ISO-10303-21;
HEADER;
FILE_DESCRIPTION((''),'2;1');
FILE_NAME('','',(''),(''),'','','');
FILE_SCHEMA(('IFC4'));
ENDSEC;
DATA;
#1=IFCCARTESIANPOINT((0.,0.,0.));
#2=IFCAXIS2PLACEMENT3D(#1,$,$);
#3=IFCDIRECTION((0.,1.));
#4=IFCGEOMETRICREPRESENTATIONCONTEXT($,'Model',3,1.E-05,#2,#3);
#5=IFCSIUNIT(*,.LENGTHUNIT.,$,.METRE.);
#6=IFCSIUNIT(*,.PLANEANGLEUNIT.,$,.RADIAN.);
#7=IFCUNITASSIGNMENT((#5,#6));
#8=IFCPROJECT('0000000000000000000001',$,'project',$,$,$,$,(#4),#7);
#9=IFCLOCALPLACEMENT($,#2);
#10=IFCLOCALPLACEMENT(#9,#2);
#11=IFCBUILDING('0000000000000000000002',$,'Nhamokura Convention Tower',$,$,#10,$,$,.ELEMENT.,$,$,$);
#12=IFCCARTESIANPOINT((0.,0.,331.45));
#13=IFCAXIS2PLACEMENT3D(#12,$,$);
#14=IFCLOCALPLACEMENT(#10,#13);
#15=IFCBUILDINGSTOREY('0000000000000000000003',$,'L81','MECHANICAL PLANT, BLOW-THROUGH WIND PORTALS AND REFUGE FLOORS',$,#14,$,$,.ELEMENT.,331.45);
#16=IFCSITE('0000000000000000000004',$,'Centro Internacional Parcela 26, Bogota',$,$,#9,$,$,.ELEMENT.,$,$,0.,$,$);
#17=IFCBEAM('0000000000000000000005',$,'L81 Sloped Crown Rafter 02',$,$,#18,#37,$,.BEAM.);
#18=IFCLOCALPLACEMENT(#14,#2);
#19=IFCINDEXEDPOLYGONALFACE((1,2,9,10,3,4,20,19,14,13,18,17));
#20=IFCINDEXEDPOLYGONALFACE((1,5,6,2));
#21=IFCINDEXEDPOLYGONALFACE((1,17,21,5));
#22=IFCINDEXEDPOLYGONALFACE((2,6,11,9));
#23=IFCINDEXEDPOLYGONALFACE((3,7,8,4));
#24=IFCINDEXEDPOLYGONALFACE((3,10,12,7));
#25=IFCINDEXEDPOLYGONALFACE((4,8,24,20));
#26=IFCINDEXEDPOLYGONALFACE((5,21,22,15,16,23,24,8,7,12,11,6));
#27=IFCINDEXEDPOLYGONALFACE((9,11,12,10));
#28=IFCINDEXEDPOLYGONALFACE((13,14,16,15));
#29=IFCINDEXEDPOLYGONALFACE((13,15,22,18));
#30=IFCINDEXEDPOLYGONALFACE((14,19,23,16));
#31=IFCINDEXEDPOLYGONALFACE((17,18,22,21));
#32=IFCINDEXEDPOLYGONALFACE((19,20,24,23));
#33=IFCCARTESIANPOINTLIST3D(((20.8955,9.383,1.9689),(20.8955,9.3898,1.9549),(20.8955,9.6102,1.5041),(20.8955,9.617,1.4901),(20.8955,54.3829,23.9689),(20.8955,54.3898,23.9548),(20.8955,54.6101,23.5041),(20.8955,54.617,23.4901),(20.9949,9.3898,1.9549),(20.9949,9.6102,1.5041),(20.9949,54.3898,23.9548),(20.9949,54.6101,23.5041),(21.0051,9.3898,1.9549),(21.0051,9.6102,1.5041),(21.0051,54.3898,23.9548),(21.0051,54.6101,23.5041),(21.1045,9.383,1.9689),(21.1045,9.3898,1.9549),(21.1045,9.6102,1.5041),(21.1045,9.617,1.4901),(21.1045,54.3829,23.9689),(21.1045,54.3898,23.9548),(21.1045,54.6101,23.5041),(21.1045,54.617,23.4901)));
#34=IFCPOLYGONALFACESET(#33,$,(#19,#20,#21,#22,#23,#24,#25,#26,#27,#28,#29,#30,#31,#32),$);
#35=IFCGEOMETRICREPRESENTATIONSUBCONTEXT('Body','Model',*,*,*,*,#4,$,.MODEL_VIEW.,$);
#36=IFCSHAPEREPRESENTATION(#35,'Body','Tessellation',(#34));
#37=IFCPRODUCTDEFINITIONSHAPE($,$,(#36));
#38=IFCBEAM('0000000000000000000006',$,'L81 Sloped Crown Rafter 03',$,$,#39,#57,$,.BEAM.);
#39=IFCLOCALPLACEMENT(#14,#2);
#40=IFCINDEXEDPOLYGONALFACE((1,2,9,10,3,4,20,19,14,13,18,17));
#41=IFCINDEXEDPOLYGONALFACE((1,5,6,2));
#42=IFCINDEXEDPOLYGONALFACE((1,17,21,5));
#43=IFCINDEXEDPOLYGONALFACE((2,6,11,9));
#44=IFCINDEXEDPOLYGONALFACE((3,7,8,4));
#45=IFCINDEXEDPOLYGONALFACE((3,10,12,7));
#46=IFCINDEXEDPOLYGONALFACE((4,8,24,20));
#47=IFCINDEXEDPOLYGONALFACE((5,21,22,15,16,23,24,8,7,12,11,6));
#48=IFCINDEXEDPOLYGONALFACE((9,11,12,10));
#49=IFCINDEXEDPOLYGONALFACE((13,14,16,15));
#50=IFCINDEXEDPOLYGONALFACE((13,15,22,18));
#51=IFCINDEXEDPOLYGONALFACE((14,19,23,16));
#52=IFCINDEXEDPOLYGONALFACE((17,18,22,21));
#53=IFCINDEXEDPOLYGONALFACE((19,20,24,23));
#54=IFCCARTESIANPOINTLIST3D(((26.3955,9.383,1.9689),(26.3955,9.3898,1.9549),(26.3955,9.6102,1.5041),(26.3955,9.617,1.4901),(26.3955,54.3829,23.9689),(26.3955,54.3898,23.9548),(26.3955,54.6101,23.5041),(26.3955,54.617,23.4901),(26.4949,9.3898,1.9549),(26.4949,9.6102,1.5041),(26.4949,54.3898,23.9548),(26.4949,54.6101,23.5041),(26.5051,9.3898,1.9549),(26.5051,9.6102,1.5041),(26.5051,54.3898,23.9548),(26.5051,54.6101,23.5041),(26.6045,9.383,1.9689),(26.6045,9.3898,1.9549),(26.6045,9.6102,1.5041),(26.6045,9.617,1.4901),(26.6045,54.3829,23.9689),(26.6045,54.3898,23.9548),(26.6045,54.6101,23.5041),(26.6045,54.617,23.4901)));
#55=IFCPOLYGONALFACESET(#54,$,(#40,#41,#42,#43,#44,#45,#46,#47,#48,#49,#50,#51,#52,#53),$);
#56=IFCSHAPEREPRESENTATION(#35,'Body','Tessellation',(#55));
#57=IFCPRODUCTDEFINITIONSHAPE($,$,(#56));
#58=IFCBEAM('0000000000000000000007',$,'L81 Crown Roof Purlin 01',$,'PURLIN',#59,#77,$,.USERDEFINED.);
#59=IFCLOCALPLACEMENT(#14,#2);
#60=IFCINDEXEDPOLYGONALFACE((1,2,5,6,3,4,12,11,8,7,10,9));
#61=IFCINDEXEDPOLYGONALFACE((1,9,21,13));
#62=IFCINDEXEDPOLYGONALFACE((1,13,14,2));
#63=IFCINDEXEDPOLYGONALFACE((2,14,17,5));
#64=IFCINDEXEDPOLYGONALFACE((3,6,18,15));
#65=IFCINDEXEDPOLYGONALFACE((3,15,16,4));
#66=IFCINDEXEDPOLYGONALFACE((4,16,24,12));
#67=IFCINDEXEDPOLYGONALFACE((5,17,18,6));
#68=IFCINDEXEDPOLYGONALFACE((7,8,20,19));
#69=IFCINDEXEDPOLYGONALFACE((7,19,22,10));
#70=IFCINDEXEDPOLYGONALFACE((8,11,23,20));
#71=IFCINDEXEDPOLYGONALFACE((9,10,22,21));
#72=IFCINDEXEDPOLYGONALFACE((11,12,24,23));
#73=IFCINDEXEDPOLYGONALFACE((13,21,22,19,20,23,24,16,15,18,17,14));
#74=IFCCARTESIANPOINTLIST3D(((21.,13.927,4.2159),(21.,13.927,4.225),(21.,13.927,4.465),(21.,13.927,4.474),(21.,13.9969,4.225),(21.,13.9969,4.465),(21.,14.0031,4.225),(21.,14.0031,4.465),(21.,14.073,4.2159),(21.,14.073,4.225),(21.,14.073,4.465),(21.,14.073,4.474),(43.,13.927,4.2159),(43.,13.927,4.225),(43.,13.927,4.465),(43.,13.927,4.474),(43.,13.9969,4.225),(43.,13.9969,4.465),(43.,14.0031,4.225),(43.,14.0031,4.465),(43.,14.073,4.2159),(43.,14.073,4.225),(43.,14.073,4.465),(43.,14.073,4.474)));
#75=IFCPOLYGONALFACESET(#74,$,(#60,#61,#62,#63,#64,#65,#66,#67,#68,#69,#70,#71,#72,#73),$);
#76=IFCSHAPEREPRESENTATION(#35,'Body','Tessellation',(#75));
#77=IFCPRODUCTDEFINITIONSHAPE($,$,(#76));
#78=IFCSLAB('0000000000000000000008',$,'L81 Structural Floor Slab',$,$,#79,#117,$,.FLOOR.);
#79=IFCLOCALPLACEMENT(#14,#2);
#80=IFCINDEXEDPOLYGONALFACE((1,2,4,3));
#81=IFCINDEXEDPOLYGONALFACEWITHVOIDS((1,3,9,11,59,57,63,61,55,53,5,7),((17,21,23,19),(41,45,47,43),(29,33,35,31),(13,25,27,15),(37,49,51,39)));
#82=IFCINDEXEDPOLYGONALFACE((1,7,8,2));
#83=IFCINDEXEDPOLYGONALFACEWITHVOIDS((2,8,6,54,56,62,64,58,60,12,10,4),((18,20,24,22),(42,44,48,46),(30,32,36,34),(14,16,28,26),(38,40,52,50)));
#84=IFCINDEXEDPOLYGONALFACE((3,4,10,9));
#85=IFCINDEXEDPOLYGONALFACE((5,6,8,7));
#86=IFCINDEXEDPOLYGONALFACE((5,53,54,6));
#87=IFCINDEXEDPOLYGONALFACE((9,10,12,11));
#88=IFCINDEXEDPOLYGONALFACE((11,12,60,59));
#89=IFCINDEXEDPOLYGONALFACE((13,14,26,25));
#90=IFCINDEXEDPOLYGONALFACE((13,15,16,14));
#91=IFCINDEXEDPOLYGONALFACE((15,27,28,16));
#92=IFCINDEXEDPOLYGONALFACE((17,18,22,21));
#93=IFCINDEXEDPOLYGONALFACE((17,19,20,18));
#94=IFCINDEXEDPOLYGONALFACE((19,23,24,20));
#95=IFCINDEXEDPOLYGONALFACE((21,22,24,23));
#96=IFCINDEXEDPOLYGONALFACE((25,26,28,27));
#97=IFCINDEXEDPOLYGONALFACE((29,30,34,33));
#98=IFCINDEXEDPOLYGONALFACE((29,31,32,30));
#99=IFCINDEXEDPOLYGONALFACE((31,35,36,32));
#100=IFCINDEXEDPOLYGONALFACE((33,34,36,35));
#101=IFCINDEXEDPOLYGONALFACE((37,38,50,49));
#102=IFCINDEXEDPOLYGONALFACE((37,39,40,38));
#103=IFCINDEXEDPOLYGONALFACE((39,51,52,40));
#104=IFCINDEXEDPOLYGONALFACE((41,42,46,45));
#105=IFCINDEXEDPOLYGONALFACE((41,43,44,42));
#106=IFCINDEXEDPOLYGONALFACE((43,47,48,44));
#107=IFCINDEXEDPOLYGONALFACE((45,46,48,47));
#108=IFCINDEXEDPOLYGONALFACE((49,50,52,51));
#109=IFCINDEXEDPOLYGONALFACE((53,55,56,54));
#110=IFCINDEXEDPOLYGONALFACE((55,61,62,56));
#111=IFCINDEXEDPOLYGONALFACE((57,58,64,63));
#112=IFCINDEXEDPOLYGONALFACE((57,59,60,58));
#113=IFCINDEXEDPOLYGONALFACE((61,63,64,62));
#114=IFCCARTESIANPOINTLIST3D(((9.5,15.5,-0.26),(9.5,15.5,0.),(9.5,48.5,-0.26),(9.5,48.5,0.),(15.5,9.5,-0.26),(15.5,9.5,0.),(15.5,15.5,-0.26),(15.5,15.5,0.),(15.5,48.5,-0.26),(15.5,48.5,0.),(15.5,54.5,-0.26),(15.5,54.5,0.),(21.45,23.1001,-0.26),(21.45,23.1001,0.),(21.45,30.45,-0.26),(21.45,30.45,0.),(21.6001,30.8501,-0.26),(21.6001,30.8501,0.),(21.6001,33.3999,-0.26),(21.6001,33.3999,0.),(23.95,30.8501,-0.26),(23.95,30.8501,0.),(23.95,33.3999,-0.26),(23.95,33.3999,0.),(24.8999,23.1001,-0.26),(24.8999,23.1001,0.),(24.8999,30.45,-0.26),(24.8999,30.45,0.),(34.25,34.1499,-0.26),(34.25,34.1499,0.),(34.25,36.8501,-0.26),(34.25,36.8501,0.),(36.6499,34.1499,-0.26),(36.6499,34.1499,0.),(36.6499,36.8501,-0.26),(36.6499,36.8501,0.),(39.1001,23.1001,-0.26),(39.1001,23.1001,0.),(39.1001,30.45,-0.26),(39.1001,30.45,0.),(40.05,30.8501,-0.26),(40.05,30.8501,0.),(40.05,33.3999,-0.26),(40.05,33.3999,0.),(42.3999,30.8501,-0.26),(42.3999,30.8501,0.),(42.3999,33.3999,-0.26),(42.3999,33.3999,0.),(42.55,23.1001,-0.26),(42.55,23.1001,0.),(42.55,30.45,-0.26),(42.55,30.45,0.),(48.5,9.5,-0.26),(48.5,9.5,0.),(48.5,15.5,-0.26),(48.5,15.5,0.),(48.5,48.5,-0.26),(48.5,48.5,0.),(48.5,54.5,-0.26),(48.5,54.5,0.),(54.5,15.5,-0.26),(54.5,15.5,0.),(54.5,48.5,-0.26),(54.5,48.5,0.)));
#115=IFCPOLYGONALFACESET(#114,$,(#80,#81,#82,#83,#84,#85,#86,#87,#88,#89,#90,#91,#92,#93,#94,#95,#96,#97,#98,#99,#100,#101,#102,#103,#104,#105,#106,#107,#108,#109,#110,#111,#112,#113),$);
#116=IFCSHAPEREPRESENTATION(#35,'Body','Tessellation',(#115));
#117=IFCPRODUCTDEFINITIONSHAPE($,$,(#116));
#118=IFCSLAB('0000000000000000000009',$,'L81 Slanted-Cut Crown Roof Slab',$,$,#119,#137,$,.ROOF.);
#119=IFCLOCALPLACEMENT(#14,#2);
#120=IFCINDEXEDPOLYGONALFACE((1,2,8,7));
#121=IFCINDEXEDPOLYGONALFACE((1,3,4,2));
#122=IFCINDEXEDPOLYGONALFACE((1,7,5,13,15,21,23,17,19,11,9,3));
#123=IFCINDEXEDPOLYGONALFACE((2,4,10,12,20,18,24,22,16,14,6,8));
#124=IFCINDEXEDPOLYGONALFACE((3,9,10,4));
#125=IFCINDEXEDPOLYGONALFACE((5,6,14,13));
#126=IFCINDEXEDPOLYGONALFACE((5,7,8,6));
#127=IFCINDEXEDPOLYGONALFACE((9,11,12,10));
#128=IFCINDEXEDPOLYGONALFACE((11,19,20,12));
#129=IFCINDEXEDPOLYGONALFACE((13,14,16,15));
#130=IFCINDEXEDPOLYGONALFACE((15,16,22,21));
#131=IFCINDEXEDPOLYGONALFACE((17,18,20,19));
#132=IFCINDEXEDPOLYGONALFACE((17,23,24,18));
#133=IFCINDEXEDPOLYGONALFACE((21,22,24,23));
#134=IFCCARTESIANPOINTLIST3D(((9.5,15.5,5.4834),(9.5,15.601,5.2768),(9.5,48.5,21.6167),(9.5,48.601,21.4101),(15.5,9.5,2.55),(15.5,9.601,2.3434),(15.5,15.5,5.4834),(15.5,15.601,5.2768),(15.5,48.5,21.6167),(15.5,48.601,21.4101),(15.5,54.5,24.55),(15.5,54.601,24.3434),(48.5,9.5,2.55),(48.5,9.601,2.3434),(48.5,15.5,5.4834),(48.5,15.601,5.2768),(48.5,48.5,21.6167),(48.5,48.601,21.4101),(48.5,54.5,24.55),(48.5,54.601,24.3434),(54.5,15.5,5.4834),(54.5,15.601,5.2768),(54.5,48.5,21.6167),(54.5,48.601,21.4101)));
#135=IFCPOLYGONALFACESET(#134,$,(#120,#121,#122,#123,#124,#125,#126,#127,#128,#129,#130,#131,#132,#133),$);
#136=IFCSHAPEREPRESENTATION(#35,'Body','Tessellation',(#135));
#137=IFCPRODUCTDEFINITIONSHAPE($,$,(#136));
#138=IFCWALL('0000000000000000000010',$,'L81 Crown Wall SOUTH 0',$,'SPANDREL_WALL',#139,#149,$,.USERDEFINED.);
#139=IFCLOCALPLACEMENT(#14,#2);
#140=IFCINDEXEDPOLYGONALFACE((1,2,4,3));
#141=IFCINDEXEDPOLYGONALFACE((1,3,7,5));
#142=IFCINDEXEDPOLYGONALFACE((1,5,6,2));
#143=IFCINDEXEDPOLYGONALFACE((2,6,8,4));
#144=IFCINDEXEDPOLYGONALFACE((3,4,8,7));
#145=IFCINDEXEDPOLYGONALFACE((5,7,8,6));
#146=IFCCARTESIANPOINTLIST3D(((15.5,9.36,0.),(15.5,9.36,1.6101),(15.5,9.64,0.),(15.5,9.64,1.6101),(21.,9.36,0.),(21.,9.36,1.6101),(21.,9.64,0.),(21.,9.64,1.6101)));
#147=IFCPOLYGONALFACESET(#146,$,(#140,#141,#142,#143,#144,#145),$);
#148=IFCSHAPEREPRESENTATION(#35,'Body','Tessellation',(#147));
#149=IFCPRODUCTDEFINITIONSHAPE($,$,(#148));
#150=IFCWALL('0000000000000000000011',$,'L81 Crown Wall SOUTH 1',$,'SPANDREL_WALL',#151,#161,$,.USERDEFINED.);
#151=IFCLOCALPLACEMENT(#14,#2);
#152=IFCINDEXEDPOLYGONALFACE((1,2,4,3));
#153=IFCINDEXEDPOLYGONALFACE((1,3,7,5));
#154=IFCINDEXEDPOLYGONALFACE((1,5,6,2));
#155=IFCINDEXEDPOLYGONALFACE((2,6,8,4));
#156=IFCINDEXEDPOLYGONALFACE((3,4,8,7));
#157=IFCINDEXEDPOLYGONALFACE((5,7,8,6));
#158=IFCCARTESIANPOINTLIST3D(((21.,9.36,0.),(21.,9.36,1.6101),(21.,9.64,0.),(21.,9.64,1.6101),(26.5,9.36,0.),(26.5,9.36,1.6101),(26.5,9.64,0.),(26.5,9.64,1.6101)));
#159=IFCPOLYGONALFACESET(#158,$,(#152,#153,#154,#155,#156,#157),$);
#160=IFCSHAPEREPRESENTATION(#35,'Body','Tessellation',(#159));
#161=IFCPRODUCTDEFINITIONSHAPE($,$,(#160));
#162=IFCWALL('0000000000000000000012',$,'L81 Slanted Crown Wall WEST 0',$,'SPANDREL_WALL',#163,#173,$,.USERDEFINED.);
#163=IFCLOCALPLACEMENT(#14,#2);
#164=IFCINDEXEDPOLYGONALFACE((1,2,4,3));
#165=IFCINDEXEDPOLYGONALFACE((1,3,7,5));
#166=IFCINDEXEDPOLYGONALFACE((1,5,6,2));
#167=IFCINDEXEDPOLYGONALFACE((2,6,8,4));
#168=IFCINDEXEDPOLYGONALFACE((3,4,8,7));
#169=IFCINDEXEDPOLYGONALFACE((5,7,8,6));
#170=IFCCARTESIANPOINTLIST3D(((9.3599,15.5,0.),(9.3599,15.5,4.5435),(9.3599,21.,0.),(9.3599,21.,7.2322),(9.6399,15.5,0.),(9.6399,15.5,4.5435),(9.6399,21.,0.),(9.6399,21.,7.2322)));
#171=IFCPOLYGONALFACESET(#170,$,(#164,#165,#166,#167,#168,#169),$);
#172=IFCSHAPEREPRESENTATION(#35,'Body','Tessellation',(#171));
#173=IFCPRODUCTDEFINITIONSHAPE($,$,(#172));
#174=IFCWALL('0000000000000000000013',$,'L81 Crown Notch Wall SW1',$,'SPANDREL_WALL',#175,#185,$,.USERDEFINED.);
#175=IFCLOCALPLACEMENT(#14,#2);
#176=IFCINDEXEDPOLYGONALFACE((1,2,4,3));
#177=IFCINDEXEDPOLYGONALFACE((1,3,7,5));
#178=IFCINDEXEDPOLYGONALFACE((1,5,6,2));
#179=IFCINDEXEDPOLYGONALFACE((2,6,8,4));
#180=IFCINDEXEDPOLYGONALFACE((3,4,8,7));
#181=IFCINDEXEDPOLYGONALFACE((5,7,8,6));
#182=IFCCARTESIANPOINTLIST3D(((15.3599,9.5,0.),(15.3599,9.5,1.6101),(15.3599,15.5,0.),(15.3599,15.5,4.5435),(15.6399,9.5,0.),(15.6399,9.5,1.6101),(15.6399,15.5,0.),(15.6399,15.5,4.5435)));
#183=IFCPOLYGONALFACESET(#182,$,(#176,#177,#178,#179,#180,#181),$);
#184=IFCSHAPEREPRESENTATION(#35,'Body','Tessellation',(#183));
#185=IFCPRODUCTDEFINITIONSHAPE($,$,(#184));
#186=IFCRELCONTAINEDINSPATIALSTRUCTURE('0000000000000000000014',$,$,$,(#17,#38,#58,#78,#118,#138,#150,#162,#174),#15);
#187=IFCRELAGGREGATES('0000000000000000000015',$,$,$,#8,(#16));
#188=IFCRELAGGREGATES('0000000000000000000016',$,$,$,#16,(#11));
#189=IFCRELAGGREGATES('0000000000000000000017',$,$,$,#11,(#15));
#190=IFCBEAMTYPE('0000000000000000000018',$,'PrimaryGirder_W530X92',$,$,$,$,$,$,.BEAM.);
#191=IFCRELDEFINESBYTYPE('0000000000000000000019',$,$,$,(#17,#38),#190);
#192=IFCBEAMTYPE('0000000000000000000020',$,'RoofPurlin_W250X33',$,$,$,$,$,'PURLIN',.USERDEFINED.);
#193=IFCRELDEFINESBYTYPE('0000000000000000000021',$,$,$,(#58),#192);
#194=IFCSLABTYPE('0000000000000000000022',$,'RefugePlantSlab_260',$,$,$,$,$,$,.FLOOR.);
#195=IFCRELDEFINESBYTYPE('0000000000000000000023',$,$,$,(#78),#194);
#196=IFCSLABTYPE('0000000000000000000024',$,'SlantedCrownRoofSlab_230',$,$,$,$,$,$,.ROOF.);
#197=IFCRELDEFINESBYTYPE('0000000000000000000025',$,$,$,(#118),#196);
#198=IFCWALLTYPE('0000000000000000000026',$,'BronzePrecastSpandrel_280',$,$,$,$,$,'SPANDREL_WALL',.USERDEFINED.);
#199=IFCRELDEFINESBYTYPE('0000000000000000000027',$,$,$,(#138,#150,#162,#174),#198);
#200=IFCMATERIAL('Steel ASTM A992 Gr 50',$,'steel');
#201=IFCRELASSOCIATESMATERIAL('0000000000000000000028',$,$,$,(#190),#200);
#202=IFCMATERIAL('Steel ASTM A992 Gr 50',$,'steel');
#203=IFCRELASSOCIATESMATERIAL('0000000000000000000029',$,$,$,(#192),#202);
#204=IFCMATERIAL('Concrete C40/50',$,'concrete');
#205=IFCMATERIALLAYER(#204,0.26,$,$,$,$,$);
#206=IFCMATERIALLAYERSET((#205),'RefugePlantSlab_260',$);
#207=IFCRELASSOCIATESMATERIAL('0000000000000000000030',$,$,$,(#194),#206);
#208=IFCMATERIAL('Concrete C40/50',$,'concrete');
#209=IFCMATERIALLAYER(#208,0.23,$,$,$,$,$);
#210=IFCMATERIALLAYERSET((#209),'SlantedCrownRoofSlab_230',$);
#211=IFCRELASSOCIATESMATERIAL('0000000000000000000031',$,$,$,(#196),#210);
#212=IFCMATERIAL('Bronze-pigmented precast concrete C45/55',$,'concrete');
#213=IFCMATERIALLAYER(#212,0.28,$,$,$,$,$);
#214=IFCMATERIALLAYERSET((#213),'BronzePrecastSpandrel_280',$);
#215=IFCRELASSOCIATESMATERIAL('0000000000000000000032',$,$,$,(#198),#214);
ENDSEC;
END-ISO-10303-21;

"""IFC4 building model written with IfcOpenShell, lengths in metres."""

from ifc_helpers import new_model, si_unit, direction, frame, frame_2d, origin, origin_2d, place, context, subcontext, project, spatial, polyline, rectangle, i_section, outline, extrude, material, layer, layer_set, material_profile, profile_set, type_object, element, save


model = new_model("IFC4")

# Units and contexts
model_context = context("Model", 3, precision=1e-05, world=origin(), true_north=direction((0.0, 1.0)))
body_context = subcontext(model_context, "Body", "Model", "MODEL_VIEW")
ifc_project = project(units=[si_unit("LENGTHUNIT", "METRE"), si_unit("PLANEANGLEUNIT", "RADIAN")], contexts=[model_context])

# Site, building, storey
site_placement = place(None, origin())
site = spatial("IfcSite", under=ifc_project, at=site_placement, Name="Centro Internacional Parcela 26, Bogota", CompositionType="ELEMENT", RefElevation=0.0)
building_placement = place(site_placement, origin())
building = spatial("IfcBuilding", under=site, at=building_placement, Name="Nhamokura Convention Tower", CompositionType="ELEMENT")
storey_placement = place(building_placement, frame((0.0, 0.0, 331.45)))
storey = spatial("IfcBuildingStorey", under=building, at=storey_placement, Name="L81", Description="MECHANICAL PLANT, BLOW-THROUGH WIND PORTALS AND REFUGE FLOORS", CompositionType="ELEMENT", Elevation=331.45)

# Beams
ifc_material_1 = material(Name="Steel ASTM A992 Gr 50", Category="steel")
ifc_material_profile_1 = material_profile(ifc_material_1, i_section(OverallWidth=0.209, OverallDepth=0.533, WebThickness=0.0103, FlangeThickness=0.0156, at=origin_2d()))
ifc_profile_set_1 = profile_set([ifc_material_profile_1], Name="Steel ASTM A992 Gr 50")
beam_type_1 = type_object("IfcBeamType", Name="PrimaryGirder_W530X92", PredefinedType="BEAM", material=ifc_profile_set_1)
for number, where, z_axis, x_axis, name in (
    (1, (21.0, 9.5, 1.7295), (0.0, 0.898384, 0.43921), (-1.0, 0.0, 0.0), "L81 Sloped Crown Rafter 02"),
    (2, (26.5, 9.5, 1.7295), (0.0, 0.898384, 0.43921), (-1.0, 0.0, 0.0), "L81 Sloped Crown Rafter 03"),
):
    element("IfcBeam", number, at=place(storey_placement, frame(where, z_axis=z_axis, x_axis=x_axis)), inside=storey, type_object=beam_type_1, Name=name, PredefinedType="BEAM", context=body_context, shape_type="SweptSolid", body=[
        extrude(i_section(OverallWidth=0.209, OverallDepth=0.533, WebThickness=0.0103, FlangeThickness=0.0156, at=origin_2d()), origin(), (0.0, 0.0, 1.0), 50.0898),
    ])
ifc_material_2 = material(Name="Steel ASTM A992 Gr 50", Category="steel")
ifc_material_profile_2 = material_profile(ifc_material_2, i_section(OverallWidth=0.146, OverallDepth=0.2581, WebThickness=0.0061, FlangeThickness=0.009, at=origin_2d()))
ifc_profile_set_2 = profile_set([ifc_material_profile_2], Name="Steel ASTM A992 Gr 50")
beam_type_2 = type_object("IfcBeamType", Name="RoofPurlin_W250X33", ElementType="PURLIN", PredefinedType="USERDEFINED", material=ifc_profile_set_2)
beam_1_placement = place(storey_placement, frame((21.0, 14.0, 4.345), z_axis=(1.0, 0.0, 0.0), x_axis=(0.0, 1.0, 0.0)))
element("IfcBeam", 3, at=beam_1_placement, inside=storey, type_object=beam_type_2, Name="L81 Crown Roof Purlin 01", ObjectType="PURLIN", PredefinedType="USERDEFINED", context=body_context, shape_type="SweptSolid", body=[
    extrude(i_section(OverallWidth=0.146, OverallDepth=0.2581, WebThickness=0.0061, FlangeThickness=0.009, at=origin_2d()), origin(), (0.0, 0.0, 1.0), 22.0),
])

# Slabs
ifc_material_3 = material(Name="Concrete C40/50", Category="concrete")
ifc_layer_1 = layer(ifc_material_3, 0.26)
ifc_layer_set_1 = layer_set([ifc_layer_1], Name="RefugePlantSlab_260")
slab_type_1 = type_object("IfcSlabType", Name="RefugePlantSlab_260", PredefinedType="FLOOR", material=ifc_layer_set_1)
slab_1_placement = place(storey_placement, frame((0.0, 0.0, -0.26)))
element("IfcSlab", 4, at=slab_1_placement, inside=storey, type_object=slab_type_1, Name="L81 Structural Floor Slab", PredefinedType="FLOOR", context=body_context, shape_type="SweptSolid", body=[
    extrude(outline(polyline([(15.5, 9.5), (48.5, 9.5), (48.5, 15.5), (54.5, 15.5), (54.5, 48.5), (48.5, 48.5), (48.5, 54.5), (15.5, 54.5), (15.5, 48.5), (9.5, 48.5), (9.5, 15.5), (15.5, 15.5), (15.5, 9.5)]), holes=[polyline([(24.8999, 23.1001), (24.8999, 30.45), (21.45, 30.45), (21.45, 23.1001), (24.8999, 23.1001)]), polyline([(42.55, 23.1001), (42.55, 30.45), (39.1001, 30.45), (39.1001, 23.1001), (42.55, 23.1001)]), polyline([(21.6001, 30.8501), (23.95, 30.8501), (23.95, 33.3999), (21.6001, 33.3999), (21.6001, 30.8501)]), polyline([(40.05, 30.8501), (42.3999, 30.8501), (42.3999, 33.3999), (40.05, 33.3999), (40.05, 30.8501)]), polyline([(34.25, 34.1499), (36.6499, 34.1499), (36.6499, 36.8501), (34.25, 36.8501), (34.25, 34.1499)])]), origin(), (0.0, 0.0, 1.0), 0.26),
])
ifc_material_4 = material(Name="Concrete C40/50", Category="concrete")
ifc_layer_2 = layer(ifc_material_4, 0.23)
ifc_layer_set_2 = layer_set([ifc_layer_2], Name="SlantedCrownRoofSlab_230")
slab_type_2 = type_object("IfcSlabType", Name="SlantedCrownRoofSlab_230", PredefinedType="ROOF", material=ifc_layer_set_2)
slab_2_placement = place(storey_placement, frame((15.5, 9.5, 2.55), z_axis=(0.0, -0.43921, 0.898384), x_axis=(1.0, 0.0, 0.0)))
element("IfcSlab", 5, at=slab_2_placement, inside=storey, type_object=slab_type_2, Name="L81 Slanted-Cut Crown Roof Slab", PredefinedType="ROOF", context=body_context, shape_type="SweptSolid", body=[
    extrude(outline(polyline([(0.0, 0.0), (33.0, 0.0), (33.0, 6.6787), (39.0, 6.6787), (39.0, 43.4113), (33.0, 43.4113), (33.0, 50.0899), (0.0, 50.0899), (0.0, 43.4113), (-6.0, 43.4113), (-6.0, 6.6787), (0.0, 6.6787), (0.0, 0.0)])), origin(), (0.0, 0.0, -1.0), 0.23),
])

# Walls
ifc_material_5 = material(Name="Bronze-pigmented precast concrete C45/55", Category="concrete")
ifc_layer_3 = layer(ifc_material_5, 0.28)
ifc_layer_set_3 = layer_set([ifc_layer_3], Name="BronzePrecastSpandrel_280")
wall_type = type_object("IfcWallType", Name="BronzePrecastSpandrel_280", ElementType="SPANDREL_WALL", PredefinedType="USERDEFINED", material=ifc_layer_set_3)
for number, where, z_axis, x_axis, name in (
    (6, (21.0, 9.5, 0.0), (0.0, 0.0, 1.0), (-1.0, 0.0, 0.0), "L81 Crown Wall SOUTH 0"),
    (7, (26.5, 9.5, 0.0), (0.0, 0.0, 1.0), (-1.0, 0.0, 0.0), "L81 Crown Wall SOUTH 1"),
):
    element("IfcWall", number, at=place(storey_placement, frame(where, z_axis=z_axis, x_axis=x_axis)), inside=storey, type_object=wall_type, Name=name, ObjectType="SPANDREL_WALL", PredefinedType="USERDEFINED", context=body_context, shape_type="SweptSolid", body=[
        extrude(rectangle(XDim=5.5, YDim=0.28, at=frame_2d((2.75, 0.0))), origin(), (0.0, 0.0, 1.0), 1.6101),
    ])
wall_1_placement = place(storey_placement, frame((9.5, 15.5, 0.0), z_axis=(0.0, 0.0, 1.0), x_axis=(0.0, 1.0, 0.0)))
element("IfcWall", 8, at=wall_1_placement, inside=storey, type_object=wall_type, Name="L81 Slanted Crown Wall WEST 0", ObjectType="SPANDREL_WALL", PredefinedType="USERDEFINED", context=body_context, shape_type="SweptSolid", body=[
    extrude(outline(polyline([(0.0, 0.0), (5.5, 0.0), (5.5, 7.2322), (0.0, 4.5435), (0.0, 0.0)])), frame((0.0, 0.1401, 0.0), z_axis=(0.0, -1.0, 0.0), x_axis=(1.0, 0.0, 0.0)), (0.0, 0.0, 1.0), 0.28),
])
wall_2_placement = place(storey_placement, frame((15.5, 9.5, 0.0), z_axis=(0.0, 0.0, 1.0), x_axis=(0.0, 1.0, 0.0)))
element("IfcWall", 9, at=wall_2_placement, inside=storey, type_object=wall_type, Name="L81 Crown Notch Wall SW1", ObjectType="SPANDREL_WALL", PredefinedType="USERDEFINED", context=body_context, shape_type="SweptSolid", body=[
    extrude(outline(polyline([(0.0, 0.0), (6.0, 0.0), (6.0, 4.5435), (0.0, 1.6101), (0.0, 0.0)])), frame((0.0, 0.1401, 0.0), z_axis=(0.0, -1.0, 0.0), x_axis=(1.0, 0.0, 0.0)), (0.0, 0.0, 1.0), 0.28),
])

save(model, "model.ifc")
